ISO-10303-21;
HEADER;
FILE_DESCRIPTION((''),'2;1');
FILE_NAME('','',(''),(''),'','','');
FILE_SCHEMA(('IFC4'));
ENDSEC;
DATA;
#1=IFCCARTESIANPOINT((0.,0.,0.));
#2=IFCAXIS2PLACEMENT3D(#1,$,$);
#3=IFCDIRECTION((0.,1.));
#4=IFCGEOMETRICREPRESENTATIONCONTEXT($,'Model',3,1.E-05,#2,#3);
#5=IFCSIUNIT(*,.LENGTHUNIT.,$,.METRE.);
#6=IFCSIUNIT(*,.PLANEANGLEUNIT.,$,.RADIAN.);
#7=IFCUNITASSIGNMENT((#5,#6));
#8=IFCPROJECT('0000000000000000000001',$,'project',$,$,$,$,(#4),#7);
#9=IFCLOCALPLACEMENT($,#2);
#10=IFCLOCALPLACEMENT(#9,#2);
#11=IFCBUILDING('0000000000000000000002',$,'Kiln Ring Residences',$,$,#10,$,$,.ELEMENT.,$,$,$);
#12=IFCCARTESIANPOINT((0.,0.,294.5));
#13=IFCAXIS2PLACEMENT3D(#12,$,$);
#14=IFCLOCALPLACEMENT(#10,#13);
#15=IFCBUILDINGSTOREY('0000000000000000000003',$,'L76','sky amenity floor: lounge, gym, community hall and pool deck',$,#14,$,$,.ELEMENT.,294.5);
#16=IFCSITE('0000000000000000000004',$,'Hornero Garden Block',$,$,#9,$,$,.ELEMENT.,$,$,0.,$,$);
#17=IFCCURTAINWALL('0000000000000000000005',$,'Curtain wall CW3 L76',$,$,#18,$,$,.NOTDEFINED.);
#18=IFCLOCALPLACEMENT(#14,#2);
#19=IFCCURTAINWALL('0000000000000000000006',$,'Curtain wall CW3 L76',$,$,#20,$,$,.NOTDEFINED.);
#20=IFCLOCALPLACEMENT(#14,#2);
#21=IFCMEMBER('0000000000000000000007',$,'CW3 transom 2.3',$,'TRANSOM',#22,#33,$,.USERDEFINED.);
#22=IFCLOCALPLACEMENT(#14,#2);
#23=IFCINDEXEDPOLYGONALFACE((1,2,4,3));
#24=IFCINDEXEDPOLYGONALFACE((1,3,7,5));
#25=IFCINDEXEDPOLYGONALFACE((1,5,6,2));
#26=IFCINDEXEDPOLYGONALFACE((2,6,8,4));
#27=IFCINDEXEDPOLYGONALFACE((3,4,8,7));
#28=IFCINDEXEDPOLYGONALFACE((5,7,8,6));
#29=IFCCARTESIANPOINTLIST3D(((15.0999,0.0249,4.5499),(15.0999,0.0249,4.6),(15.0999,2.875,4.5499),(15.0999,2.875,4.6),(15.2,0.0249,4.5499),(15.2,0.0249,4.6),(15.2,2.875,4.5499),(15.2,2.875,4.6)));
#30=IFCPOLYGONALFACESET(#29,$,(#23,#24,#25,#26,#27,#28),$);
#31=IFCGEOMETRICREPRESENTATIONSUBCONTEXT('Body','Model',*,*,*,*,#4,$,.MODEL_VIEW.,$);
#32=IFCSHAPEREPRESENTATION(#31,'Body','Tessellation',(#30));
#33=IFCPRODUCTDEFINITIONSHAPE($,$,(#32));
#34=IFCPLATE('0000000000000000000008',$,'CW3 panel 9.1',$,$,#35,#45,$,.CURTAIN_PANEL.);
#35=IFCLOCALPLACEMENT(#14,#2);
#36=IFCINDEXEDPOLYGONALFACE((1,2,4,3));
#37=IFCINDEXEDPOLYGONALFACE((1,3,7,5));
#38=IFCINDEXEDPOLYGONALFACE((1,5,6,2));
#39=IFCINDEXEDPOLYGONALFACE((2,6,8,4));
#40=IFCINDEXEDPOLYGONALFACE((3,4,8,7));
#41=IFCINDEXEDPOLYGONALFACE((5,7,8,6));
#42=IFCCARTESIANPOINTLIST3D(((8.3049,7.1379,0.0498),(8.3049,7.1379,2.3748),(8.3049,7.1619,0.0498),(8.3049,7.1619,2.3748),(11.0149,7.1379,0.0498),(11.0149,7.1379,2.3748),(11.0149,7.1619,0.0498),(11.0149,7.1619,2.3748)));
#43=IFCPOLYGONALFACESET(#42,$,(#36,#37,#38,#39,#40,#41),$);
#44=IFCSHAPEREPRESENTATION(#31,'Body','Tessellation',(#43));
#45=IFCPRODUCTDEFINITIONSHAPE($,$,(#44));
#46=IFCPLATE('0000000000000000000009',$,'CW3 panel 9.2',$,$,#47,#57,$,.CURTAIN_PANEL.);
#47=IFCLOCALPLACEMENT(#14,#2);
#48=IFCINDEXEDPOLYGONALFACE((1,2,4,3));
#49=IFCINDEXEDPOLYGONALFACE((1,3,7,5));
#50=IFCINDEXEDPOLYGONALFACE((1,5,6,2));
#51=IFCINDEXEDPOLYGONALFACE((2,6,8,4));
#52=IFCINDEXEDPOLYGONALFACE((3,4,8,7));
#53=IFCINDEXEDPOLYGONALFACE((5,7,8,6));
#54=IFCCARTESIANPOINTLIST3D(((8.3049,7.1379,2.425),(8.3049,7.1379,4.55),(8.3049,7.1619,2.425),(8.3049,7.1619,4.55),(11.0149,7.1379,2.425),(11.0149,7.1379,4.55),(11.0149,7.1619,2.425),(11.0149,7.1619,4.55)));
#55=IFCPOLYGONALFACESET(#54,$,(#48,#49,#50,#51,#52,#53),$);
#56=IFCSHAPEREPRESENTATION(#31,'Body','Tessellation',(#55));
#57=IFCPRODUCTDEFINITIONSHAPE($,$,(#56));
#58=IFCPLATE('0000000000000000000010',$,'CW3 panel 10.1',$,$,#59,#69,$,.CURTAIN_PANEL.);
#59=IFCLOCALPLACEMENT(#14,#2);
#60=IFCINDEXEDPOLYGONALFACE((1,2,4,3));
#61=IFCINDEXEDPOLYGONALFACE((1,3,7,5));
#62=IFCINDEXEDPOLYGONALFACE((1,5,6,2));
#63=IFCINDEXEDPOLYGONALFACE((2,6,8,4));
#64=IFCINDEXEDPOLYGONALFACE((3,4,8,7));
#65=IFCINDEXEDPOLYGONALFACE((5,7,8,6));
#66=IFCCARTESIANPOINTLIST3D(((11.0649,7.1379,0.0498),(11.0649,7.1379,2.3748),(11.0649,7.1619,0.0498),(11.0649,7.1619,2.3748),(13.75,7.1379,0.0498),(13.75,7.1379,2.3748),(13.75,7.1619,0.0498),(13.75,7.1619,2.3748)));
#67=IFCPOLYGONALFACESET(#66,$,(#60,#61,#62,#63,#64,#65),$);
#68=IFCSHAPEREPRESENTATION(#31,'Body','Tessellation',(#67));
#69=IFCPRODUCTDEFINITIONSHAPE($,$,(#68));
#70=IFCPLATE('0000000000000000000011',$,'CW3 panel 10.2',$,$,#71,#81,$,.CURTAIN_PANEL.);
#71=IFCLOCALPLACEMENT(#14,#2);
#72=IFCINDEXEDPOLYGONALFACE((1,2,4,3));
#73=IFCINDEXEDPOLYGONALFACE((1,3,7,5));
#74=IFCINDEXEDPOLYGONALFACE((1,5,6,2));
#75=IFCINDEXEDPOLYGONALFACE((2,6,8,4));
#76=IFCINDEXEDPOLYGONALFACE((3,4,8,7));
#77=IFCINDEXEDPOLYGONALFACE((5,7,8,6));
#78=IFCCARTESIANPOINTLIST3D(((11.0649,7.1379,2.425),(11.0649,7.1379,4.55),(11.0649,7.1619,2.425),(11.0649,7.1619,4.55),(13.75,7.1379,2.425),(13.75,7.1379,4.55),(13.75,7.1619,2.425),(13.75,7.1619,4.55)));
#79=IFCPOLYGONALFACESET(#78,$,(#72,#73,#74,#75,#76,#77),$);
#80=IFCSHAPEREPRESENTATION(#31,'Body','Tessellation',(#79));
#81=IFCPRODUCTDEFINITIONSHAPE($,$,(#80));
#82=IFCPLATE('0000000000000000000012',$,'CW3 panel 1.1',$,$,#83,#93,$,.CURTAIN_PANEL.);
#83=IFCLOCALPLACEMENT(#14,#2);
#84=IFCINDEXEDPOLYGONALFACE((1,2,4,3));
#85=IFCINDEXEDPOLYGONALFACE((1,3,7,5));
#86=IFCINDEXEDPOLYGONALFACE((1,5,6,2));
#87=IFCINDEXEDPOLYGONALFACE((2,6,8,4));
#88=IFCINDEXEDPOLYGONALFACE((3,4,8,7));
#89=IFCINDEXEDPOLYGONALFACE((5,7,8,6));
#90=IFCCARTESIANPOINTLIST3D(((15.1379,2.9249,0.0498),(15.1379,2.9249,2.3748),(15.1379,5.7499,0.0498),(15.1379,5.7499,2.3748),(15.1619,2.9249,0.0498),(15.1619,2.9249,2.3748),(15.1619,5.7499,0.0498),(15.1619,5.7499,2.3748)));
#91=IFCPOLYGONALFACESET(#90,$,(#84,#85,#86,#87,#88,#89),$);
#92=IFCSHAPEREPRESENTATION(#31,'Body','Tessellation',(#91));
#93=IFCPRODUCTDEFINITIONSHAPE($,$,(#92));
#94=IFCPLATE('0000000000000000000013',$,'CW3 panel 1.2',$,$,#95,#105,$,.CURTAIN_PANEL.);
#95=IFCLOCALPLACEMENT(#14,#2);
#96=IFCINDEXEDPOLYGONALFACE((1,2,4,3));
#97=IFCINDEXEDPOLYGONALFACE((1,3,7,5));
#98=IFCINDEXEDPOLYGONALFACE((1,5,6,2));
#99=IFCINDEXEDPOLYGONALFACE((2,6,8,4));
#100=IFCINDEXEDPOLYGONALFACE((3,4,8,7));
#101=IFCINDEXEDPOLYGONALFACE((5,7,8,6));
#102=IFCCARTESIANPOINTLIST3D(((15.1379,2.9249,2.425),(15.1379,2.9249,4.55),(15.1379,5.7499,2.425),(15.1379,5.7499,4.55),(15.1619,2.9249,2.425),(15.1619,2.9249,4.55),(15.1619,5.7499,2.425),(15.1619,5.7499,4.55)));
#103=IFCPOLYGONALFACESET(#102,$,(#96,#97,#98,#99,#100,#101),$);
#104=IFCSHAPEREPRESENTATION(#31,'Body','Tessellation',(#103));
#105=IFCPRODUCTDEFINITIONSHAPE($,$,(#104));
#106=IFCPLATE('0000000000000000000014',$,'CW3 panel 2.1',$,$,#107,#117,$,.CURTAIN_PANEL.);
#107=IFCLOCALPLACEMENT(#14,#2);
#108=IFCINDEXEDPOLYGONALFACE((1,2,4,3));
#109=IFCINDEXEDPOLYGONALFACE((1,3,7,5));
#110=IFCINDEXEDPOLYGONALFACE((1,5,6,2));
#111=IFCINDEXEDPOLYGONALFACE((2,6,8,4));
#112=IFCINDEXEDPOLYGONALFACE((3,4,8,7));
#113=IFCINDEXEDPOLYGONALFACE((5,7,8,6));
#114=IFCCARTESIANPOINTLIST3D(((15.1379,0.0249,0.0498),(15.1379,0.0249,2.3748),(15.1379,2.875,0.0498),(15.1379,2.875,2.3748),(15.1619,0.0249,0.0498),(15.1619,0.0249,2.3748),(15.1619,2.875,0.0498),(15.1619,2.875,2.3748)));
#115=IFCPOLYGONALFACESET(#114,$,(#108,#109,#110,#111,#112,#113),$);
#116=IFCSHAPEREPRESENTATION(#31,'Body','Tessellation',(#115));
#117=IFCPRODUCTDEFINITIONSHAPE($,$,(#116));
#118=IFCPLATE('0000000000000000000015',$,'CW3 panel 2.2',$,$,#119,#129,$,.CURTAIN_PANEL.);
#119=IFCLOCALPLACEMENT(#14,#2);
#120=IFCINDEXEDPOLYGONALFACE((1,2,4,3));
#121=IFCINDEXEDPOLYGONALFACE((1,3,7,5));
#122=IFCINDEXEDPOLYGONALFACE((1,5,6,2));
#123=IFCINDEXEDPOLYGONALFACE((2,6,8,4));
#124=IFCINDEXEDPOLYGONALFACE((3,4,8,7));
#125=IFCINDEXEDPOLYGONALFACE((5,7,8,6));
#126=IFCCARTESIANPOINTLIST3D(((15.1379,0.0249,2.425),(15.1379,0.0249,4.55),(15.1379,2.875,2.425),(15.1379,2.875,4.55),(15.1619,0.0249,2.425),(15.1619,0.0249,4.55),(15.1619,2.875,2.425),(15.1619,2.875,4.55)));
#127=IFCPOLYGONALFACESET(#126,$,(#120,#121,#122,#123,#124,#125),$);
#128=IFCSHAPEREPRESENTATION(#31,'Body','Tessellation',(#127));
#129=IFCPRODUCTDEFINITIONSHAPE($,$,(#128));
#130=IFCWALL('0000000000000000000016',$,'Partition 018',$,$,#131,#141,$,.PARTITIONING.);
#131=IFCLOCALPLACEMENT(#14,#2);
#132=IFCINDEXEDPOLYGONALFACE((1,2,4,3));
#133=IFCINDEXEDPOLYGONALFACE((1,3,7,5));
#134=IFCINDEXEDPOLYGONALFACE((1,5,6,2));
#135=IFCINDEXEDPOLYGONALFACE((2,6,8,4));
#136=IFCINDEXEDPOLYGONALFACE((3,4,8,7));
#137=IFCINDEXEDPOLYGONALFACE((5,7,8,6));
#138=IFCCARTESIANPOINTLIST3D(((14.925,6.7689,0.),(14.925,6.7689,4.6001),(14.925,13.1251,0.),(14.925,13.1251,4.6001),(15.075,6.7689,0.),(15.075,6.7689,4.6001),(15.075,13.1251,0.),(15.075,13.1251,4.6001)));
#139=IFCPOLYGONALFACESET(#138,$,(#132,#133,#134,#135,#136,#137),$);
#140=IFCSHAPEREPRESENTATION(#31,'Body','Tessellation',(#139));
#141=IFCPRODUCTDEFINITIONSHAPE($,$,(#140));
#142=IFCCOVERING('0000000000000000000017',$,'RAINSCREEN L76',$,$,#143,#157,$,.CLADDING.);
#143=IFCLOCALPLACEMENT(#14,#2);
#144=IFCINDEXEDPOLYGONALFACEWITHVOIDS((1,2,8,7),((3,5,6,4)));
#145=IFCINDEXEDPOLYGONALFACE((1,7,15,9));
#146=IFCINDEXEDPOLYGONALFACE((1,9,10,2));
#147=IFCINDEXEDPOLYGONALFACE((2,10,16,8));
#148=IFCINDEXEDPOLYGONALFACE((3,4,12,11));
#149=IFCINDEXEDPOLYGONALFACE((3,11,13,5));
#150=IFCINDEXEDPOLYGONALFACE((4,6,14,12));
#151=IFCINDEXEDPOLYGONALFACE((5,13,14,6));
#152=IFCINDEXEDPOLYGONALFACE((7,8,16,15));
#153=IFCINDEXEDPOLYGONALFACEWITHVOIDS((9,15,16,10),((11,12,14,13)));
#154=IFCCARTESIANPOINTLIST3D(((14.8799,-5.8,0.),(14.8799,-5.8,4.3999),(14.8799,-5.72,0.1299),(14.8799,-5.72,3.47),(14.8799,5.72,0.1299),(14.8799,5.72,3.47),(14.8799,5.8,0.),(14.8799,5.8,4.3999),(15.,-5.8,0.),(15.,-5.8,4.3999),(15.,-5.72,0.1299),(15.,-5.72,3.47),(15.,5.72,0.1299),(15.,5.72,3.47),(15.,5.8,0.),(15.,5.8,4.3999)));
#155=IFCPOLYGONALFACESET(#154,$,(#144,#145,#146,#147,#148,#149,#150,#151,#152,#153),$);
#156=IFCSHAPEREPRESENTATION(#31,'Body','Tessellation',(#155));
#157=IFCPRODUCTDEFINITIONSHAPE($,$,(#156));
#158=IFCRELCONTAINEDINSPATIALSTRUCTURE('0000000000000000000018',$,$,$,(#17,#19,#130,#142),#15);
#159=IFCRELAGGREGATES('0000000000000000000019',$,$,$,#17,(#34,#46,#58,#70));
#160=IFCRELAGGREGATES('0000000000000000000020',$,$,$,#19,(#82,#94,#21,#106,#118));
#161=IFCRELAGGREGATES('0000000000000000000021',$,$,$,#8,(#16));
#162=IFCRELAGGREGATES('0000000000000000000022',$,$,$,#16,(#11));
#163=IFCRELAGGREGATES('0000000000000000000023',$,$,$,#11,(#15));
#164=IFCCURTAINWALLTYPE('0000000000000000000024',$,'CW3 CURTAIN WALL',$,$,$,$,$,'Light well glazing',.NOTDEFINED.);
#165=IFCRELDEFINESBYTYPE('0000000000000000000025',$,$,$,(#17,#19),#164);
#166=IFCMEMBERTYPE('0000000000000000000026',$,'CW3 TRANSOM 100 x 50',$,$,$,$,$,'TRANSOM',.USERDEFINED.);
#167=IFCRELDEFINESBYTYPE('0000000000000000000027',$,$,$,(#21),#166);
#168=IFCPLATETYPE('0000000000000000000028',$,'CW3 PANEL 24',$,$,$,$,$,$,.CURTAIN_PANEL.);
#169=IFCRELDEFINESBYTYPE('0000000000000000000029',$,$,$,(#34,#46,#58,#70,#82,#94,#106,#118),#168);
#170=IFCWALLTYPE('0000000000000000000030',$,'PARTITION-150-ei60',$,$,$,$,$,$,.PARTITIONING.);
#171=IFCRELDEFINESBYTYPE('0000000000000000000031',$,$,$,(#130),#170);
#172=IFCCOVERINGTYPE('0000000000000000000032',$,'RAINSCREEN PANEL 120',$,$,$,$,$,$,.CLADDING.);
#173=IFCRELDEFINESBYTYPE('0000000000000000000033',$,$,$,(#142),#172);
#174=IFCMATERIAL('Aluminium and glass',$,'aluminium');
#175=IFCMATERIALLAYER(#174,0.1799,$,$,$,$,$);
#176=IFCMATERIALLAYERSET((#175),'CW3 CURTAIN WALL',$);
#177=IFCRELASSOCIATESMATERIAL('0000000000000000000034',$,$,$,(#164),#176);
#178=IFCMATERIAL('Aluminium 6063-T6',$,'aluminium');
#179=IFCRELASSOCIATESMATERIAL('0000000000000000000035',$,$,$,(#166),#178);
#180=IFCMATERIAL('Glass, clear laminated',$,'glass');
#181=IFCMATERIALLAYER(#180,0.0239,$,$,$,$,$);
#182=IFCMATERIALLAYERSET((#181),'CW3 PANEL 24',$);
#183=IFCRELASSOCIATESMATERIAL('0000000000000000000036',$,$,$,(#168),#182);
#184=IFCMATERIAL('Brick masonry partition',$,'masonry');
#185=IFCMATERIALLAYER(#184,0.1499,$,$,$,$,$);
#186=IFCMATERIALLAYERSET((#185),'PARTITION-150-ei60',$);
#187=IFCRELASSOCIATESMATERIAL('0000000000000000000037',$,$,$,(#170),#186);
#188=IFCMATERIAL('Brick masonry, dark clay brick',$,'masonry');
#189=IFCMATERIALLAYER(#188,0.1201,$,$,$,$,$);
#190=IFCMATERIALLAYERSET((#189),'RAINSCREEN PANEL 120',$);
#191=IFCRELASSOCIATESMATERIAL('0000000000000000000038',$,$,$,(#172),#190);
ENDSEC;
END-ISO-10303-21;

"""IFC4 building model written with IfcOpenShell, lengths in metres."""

from ifc_helpers import new_model, si_unit, direction, frame, frame_2d, origin, origin_2d, place, context, subcontext, project, spatial, polyline, rectangle, outline, extrude, material, layer, layer_set, material_profile, profile_set, type_object, element, aggregate, save


model = new_model("IFC4")

# Units and contexts
model_context = context("Model", 3, precision=1e-05, world=origin(), true_north=direction((0.0, 1.0)))
body_context = subcontext(model_context, "Body", "Model", "MODEL_VIEW")
ifc_project = project(units=[si_unit("LENGTHUNIT", "METRE"), si_unit("PLANEANGLEUNIT", "RADIAN")], contexts=[model_context])

# Site, building, storey
site_placement = place(None, origin())
site = spatial("IfcSite", under=ifc_project, at=site_placement, Name="Hornero Garden Block", CompositionType="ELEMENT", RefElevation=0.0)
building_placement = place(site_placement, origin())
building = spatial("IfcBuilding", under=site, at=building_placement, Name="Kiln Ring Residences", CompositionType="ELEMENT")
storey_placement = place(building_placement, frame((0.0, 0.0, 294.5)))
storey = spatial("IfcBuildingStorey", under=building, at=storey_placement, Name="L76", Description="sky amenity floor: lounge, gym, community hall and pool deck", CompositionType="ELEMENT", Elevation=294.5)

# Curtain walls
ifc_material_1 = material(Name="Aluminium and glass", Category="aluminium")
ifc_layer_1 = layer(ifc_material_1, 0.1799)
ifc_layer_set_1 = layer_set([ifc_layer_1], Name="CW3 CURTAIN WALL")
curtain_wall_type = type_object("IfcCurtainWallType", Name="CW3 CURTAIN WALL", ElementType="Light well glazing", PredefinedType="NOTDEFINED", material=ifc_layer_set_1)
placement = place(storey_placement, origin())
curtain_wall_1 = element("IfcCurtainWall", 1, at=placement, inside=storey, type_object=curtain_wall_type, Name="Curtain wall CW3 L76", PredefinedType="NOTDEFINED")
curtain_wall_2 = element("IfcCurtainWall", 2, at=placement, inside=storey, type_object=curtain_wall_type, Name="Curtain wall CW3 L76", PredefinedType="NOTDEFINED")

# Member
ifc_material_2 = material(Name="Aluminium 6063-T6", Category="aluminium")
ifc_material_profile_1 = material_profile(ifc_material_2, rectangle(XDim=0.1001, YDim=0.05, at=origin_2d()), Name="AL 100x50")
ifc_profile_set_1 = profile_set([ifc_material_profile_1], Name="Aluminium 6063-T6")
member_type_1 = type_object("IfcMemberType", Name="CW3 TRANSOM 100 x 50", ElementType="TRANSOM", PredefinedType="USERDEFINED", material=ifc_profile_set_1)
member_1_placement = place(storey_placement, frame((15.1499, 2.875, 4.575), z_axis=(0.0, -1.0, 0.0), x_axis=(1.0, 0.0, 0.0)))
member_1 = element("IfcMember", 3, at=member_1_placement, type_object=member_type_1, Name="CW3 transom 2.3", ObjectType="TRANSOM", PredefinedType="USERDEFINED", context=body_context, shape_type="SweptSolid", body=[
    extrude(rectangle(XDim=0.1001, YDim=0.05, at=origin_2d()), origin(), (0.0, 0.0, 1.0), 2.8501),
])

# Plates
ifc_material_3 = material(Name="Glass, clear laminated", Category="glass")
ifc_layer_2 = layer(ifc_material_3, 0.0239)
ifc_layer_set_2 = layer_set([ifc_layer_2], Name="CW3 PANEL 24")
plate_type = type_object("IfcPlateType", Name="CW3 PANEL 24", PredefinedType="CURTAIN_PANEL", material=ifc_layer_set_2)
plate_1_placement = place(storey_placement, frame((9.6599, 7.1499, 0.0498), z_axis=(0.0, 0.0, 1.0), x_axis=(1.0, 0.0, 0.0)))
plate_1 = element("IfcPlate", 4, at=plate_1_placement, type_object=plate_type, Name="CW3 panel 9.1", PredefinedType="CURTAIN_PANEL", context=body_context, shape_type="SweptSolid", body=[
    extrude(rectangle(XDim=2.71, YDim=0.0239, at=origin_2d()), origin(), (0.0, 0.0, 1.0), 2.325),
])
plate_2_placement = place(storey_placement, frame((9.6599, 7.1499, 2.425), z_axis=(0.0, 0.0, 1.0), x_axis=(1.0, 0.0, 0.0)))
plate_2 = element("IfcPlate", 5, at=plate_2_placement, type_object=plate_type, Name="CW3 panel 9.2", PredefinedType="CURTAIN_PANEL", context=body_context, shape_type="SweptSolid", body=[
    extrude(rectangle(XDim=2.71, YDim=0.0239, at=origin_2d()), origin(), (0.0, 0.0, 1.0), 2.125),
])
plate_3_placement = place(storey_placement, frame((12.4075, 7.1499, 0.0498), z_axis=(0.0, 0.0, 1.0), x_axis=(1.0, 0.0, 0.0)))
plate_3 = element("IfcPlate", 6, at=plate_3_placement, type_object=plate_type, Name="CW3 panel 10.1", PredefinedType="CURTAIN_PANEL", context=body_context, shape_type="SweptSolid", body=[
    extrude(rectangle(XDim=2.6851, YDim=0.0239, at=origin_2d()), origin(), (0.0, 0.0, 1.0), 2.325),
])
plate_4_placement = place(storey_placement, frame((12.4075, 7.1499, 2.425), z_axis=(0.0, 0.0, 1.0), x_axis=(1.0, 0.0, 0.0)))
plate_4 = element("IfcPlate", 7, at=plate_4_placement, type_object=plate_type, Name="CW3 panel 10.2", PredefinedType="CURTAIN_PANEL", context=body_context, shape_type="SweptSolid", body=[
    extrude(rectangle(XDim=2.6851, YDim=0.0239, at=origin_2d()), origin(), (0.0, 0.0, 1.0), 2.125),
])
aggregate(curtain_wall_1, [plate_1, plate_2, plate_3, plate_4])
plate_5_placement = place(storey_placement, frame((15.1499, 4.3374, 0.0498), z_axis=(0.0, 0.0, 1.0), x_axis=(0.0, -1.0, 0.0)))
plate_5 = element("IfcPlate", 8, at=plate_5_placement, type_object=plate_type, Name="CW3 panel 1.1", PredefinedType="CURTAIN_PANEL", context=body_context, shape_type="SweptSolid", body=[
    extrude(rectangle(XDim=2.825, YDim=0.0239, at=origin_2d()), origin(), (0.0, 0.0, 1.0), 2.325),
])
plate_6_placement = place(storey_placement, frame((15.1499, 4.3374, 2.425), z_axis=(0.0, 0.0, 1.0), x_axis=(0.0, -1.0, 0.0)))
plate_6 = element("IfcPlate", 9, at=plate_6_placement, type_object=plate_type, Name="CW3 panel 1.2", PredefinedType="CURTAIN_PANEL", context=body_context, shape_type="SweptSolid", body=[
    extrude(rectangle(XDim=2.825, YDim=0.0239, at=origin_2d()), origin(), (0.0, 0.0, 1.0), 2.125),
])
plate_7_placement = place(storey_placement, frame((15.1499, 1.45, 0.0498), z_axis=(0.0, 0.0, 1.0), x_axis=(0.0, -1.0, 0.0)))
plate_7 = element("IfcPlate", 10, at=plate_7_placement, type_object=plate_type, Name="CW3 panel 2.1", PredefinedType="CURTAIN_PANEL", context=body_context, shape_type="SweptSolid", body=[
    extrude(rectangle(XDim=2.8501, YDim=0.0239, at=origin_2d()), origin(), (0.0, 0.0, 1.0), 2.325),
])
plate_8_placement = place(storey_placement, frame((15.1499, 1.45, 2.425), z_axis=(0.0, 0.0, 1.0), x_axis=(0.0, -1.0, 0.0)))
plate_8 = element("IfcPlate", 11, at=plate_8_placement, type_object=plate_type, Name="CW3 panel 2.2", PredefinedType="CURTAIN_PANEL", context=body_context, shape_type="SweptSolid", body=[
    extrude(rectangle(XDim=2.8501, YDim=0.0239, at=origin_2d()), origin(), (0.0, 0.0, 1.0), 2.125),
])
aggregate(curtain_wall_2, [plate_5, plate_6, member_1, plate_7, plate_8])

# Wall
ifc_material_4 = material(Name="Brick masonry partition", Category="masonry")
ifc_layer_3 = layer(ifc_material_4, 0.1499)
ifc_layer_set_3 = layer_set([ifc_layer_3], Name="PARTITION-150-ei60")
wall_type = type_object("IfcWallType", Name="PARTITION-150-ei60", PredefinedType="PARTITIONING", material=ifc_layer_set_3)
wall_placement = place(storey_placement, frame((15.0, 6.7688, 0.0), z_axis=(0.0, 0.0, 1.0), x_axis=(0.0, 1.0, 0.0)))
element("IfcWall", 12, at=wall_placement, inside=storey, type_object=wall_type, Name="Partition 018", PredefinedType="PARTITIONING", context=body_context, shape_type="SweptSolid", body=[
    extrude(rectangle(XDim=6.3562, YDim=0.1499, at=frame_2d((3.1782, 0.0))), origin(), (0.0, 0.0, 1.0), 4.6001),
])

# Covering
ifc_material_5 = material(Name="Brick masonry, dark clay brick", Category="masonry")
ifc_layer_4 = layer(ifc_material_5, 0.1201)
ifc_layer_set_4 = layer_set([ifc_layer_4], Name="RAINSCREEN PANEL 120")
covering_type = type_object("IfcCoveringType", Name="RAINSCREEN PANEL 120", PredefinedType="CLADDING", material=ifc_layer_set_4)
covering_placement = place(storey_placement, frame((14.9399, 5.8, 0.0), z_axis=(0.0, 0.0, 1.0), x_axis=(0.0, -1.0, 0.0)))
element("IfcCovering", 13, at=covering_placement, inside=storey, type_object=covering_type, Name="RAINSCREEN L76", PredefinedType="CLADDING", context=body_context, shape_type="SweptSolid", body=[
    extrude(outline(polyline([(0.0, 0.0), (11.6001, 0.0), (11.6001, 4.3999), (0.0, 4.3999), (0.0, 0.0)]), holes=[polyline([(0.0801, 3.47), (0.0801, 0.1299), (11.52, 0.1299), (11.52, 3.47), (0.0801, 3.47)])]), frame((0.0, 0.0601, 0.0), z_axis=(0.0, -1.0, 0.0), x_axis=(1.0, 0.0, 0.0)), (0.0, 0.0, 1.0), 0.1201),
])

save(model, "model.ifc")
